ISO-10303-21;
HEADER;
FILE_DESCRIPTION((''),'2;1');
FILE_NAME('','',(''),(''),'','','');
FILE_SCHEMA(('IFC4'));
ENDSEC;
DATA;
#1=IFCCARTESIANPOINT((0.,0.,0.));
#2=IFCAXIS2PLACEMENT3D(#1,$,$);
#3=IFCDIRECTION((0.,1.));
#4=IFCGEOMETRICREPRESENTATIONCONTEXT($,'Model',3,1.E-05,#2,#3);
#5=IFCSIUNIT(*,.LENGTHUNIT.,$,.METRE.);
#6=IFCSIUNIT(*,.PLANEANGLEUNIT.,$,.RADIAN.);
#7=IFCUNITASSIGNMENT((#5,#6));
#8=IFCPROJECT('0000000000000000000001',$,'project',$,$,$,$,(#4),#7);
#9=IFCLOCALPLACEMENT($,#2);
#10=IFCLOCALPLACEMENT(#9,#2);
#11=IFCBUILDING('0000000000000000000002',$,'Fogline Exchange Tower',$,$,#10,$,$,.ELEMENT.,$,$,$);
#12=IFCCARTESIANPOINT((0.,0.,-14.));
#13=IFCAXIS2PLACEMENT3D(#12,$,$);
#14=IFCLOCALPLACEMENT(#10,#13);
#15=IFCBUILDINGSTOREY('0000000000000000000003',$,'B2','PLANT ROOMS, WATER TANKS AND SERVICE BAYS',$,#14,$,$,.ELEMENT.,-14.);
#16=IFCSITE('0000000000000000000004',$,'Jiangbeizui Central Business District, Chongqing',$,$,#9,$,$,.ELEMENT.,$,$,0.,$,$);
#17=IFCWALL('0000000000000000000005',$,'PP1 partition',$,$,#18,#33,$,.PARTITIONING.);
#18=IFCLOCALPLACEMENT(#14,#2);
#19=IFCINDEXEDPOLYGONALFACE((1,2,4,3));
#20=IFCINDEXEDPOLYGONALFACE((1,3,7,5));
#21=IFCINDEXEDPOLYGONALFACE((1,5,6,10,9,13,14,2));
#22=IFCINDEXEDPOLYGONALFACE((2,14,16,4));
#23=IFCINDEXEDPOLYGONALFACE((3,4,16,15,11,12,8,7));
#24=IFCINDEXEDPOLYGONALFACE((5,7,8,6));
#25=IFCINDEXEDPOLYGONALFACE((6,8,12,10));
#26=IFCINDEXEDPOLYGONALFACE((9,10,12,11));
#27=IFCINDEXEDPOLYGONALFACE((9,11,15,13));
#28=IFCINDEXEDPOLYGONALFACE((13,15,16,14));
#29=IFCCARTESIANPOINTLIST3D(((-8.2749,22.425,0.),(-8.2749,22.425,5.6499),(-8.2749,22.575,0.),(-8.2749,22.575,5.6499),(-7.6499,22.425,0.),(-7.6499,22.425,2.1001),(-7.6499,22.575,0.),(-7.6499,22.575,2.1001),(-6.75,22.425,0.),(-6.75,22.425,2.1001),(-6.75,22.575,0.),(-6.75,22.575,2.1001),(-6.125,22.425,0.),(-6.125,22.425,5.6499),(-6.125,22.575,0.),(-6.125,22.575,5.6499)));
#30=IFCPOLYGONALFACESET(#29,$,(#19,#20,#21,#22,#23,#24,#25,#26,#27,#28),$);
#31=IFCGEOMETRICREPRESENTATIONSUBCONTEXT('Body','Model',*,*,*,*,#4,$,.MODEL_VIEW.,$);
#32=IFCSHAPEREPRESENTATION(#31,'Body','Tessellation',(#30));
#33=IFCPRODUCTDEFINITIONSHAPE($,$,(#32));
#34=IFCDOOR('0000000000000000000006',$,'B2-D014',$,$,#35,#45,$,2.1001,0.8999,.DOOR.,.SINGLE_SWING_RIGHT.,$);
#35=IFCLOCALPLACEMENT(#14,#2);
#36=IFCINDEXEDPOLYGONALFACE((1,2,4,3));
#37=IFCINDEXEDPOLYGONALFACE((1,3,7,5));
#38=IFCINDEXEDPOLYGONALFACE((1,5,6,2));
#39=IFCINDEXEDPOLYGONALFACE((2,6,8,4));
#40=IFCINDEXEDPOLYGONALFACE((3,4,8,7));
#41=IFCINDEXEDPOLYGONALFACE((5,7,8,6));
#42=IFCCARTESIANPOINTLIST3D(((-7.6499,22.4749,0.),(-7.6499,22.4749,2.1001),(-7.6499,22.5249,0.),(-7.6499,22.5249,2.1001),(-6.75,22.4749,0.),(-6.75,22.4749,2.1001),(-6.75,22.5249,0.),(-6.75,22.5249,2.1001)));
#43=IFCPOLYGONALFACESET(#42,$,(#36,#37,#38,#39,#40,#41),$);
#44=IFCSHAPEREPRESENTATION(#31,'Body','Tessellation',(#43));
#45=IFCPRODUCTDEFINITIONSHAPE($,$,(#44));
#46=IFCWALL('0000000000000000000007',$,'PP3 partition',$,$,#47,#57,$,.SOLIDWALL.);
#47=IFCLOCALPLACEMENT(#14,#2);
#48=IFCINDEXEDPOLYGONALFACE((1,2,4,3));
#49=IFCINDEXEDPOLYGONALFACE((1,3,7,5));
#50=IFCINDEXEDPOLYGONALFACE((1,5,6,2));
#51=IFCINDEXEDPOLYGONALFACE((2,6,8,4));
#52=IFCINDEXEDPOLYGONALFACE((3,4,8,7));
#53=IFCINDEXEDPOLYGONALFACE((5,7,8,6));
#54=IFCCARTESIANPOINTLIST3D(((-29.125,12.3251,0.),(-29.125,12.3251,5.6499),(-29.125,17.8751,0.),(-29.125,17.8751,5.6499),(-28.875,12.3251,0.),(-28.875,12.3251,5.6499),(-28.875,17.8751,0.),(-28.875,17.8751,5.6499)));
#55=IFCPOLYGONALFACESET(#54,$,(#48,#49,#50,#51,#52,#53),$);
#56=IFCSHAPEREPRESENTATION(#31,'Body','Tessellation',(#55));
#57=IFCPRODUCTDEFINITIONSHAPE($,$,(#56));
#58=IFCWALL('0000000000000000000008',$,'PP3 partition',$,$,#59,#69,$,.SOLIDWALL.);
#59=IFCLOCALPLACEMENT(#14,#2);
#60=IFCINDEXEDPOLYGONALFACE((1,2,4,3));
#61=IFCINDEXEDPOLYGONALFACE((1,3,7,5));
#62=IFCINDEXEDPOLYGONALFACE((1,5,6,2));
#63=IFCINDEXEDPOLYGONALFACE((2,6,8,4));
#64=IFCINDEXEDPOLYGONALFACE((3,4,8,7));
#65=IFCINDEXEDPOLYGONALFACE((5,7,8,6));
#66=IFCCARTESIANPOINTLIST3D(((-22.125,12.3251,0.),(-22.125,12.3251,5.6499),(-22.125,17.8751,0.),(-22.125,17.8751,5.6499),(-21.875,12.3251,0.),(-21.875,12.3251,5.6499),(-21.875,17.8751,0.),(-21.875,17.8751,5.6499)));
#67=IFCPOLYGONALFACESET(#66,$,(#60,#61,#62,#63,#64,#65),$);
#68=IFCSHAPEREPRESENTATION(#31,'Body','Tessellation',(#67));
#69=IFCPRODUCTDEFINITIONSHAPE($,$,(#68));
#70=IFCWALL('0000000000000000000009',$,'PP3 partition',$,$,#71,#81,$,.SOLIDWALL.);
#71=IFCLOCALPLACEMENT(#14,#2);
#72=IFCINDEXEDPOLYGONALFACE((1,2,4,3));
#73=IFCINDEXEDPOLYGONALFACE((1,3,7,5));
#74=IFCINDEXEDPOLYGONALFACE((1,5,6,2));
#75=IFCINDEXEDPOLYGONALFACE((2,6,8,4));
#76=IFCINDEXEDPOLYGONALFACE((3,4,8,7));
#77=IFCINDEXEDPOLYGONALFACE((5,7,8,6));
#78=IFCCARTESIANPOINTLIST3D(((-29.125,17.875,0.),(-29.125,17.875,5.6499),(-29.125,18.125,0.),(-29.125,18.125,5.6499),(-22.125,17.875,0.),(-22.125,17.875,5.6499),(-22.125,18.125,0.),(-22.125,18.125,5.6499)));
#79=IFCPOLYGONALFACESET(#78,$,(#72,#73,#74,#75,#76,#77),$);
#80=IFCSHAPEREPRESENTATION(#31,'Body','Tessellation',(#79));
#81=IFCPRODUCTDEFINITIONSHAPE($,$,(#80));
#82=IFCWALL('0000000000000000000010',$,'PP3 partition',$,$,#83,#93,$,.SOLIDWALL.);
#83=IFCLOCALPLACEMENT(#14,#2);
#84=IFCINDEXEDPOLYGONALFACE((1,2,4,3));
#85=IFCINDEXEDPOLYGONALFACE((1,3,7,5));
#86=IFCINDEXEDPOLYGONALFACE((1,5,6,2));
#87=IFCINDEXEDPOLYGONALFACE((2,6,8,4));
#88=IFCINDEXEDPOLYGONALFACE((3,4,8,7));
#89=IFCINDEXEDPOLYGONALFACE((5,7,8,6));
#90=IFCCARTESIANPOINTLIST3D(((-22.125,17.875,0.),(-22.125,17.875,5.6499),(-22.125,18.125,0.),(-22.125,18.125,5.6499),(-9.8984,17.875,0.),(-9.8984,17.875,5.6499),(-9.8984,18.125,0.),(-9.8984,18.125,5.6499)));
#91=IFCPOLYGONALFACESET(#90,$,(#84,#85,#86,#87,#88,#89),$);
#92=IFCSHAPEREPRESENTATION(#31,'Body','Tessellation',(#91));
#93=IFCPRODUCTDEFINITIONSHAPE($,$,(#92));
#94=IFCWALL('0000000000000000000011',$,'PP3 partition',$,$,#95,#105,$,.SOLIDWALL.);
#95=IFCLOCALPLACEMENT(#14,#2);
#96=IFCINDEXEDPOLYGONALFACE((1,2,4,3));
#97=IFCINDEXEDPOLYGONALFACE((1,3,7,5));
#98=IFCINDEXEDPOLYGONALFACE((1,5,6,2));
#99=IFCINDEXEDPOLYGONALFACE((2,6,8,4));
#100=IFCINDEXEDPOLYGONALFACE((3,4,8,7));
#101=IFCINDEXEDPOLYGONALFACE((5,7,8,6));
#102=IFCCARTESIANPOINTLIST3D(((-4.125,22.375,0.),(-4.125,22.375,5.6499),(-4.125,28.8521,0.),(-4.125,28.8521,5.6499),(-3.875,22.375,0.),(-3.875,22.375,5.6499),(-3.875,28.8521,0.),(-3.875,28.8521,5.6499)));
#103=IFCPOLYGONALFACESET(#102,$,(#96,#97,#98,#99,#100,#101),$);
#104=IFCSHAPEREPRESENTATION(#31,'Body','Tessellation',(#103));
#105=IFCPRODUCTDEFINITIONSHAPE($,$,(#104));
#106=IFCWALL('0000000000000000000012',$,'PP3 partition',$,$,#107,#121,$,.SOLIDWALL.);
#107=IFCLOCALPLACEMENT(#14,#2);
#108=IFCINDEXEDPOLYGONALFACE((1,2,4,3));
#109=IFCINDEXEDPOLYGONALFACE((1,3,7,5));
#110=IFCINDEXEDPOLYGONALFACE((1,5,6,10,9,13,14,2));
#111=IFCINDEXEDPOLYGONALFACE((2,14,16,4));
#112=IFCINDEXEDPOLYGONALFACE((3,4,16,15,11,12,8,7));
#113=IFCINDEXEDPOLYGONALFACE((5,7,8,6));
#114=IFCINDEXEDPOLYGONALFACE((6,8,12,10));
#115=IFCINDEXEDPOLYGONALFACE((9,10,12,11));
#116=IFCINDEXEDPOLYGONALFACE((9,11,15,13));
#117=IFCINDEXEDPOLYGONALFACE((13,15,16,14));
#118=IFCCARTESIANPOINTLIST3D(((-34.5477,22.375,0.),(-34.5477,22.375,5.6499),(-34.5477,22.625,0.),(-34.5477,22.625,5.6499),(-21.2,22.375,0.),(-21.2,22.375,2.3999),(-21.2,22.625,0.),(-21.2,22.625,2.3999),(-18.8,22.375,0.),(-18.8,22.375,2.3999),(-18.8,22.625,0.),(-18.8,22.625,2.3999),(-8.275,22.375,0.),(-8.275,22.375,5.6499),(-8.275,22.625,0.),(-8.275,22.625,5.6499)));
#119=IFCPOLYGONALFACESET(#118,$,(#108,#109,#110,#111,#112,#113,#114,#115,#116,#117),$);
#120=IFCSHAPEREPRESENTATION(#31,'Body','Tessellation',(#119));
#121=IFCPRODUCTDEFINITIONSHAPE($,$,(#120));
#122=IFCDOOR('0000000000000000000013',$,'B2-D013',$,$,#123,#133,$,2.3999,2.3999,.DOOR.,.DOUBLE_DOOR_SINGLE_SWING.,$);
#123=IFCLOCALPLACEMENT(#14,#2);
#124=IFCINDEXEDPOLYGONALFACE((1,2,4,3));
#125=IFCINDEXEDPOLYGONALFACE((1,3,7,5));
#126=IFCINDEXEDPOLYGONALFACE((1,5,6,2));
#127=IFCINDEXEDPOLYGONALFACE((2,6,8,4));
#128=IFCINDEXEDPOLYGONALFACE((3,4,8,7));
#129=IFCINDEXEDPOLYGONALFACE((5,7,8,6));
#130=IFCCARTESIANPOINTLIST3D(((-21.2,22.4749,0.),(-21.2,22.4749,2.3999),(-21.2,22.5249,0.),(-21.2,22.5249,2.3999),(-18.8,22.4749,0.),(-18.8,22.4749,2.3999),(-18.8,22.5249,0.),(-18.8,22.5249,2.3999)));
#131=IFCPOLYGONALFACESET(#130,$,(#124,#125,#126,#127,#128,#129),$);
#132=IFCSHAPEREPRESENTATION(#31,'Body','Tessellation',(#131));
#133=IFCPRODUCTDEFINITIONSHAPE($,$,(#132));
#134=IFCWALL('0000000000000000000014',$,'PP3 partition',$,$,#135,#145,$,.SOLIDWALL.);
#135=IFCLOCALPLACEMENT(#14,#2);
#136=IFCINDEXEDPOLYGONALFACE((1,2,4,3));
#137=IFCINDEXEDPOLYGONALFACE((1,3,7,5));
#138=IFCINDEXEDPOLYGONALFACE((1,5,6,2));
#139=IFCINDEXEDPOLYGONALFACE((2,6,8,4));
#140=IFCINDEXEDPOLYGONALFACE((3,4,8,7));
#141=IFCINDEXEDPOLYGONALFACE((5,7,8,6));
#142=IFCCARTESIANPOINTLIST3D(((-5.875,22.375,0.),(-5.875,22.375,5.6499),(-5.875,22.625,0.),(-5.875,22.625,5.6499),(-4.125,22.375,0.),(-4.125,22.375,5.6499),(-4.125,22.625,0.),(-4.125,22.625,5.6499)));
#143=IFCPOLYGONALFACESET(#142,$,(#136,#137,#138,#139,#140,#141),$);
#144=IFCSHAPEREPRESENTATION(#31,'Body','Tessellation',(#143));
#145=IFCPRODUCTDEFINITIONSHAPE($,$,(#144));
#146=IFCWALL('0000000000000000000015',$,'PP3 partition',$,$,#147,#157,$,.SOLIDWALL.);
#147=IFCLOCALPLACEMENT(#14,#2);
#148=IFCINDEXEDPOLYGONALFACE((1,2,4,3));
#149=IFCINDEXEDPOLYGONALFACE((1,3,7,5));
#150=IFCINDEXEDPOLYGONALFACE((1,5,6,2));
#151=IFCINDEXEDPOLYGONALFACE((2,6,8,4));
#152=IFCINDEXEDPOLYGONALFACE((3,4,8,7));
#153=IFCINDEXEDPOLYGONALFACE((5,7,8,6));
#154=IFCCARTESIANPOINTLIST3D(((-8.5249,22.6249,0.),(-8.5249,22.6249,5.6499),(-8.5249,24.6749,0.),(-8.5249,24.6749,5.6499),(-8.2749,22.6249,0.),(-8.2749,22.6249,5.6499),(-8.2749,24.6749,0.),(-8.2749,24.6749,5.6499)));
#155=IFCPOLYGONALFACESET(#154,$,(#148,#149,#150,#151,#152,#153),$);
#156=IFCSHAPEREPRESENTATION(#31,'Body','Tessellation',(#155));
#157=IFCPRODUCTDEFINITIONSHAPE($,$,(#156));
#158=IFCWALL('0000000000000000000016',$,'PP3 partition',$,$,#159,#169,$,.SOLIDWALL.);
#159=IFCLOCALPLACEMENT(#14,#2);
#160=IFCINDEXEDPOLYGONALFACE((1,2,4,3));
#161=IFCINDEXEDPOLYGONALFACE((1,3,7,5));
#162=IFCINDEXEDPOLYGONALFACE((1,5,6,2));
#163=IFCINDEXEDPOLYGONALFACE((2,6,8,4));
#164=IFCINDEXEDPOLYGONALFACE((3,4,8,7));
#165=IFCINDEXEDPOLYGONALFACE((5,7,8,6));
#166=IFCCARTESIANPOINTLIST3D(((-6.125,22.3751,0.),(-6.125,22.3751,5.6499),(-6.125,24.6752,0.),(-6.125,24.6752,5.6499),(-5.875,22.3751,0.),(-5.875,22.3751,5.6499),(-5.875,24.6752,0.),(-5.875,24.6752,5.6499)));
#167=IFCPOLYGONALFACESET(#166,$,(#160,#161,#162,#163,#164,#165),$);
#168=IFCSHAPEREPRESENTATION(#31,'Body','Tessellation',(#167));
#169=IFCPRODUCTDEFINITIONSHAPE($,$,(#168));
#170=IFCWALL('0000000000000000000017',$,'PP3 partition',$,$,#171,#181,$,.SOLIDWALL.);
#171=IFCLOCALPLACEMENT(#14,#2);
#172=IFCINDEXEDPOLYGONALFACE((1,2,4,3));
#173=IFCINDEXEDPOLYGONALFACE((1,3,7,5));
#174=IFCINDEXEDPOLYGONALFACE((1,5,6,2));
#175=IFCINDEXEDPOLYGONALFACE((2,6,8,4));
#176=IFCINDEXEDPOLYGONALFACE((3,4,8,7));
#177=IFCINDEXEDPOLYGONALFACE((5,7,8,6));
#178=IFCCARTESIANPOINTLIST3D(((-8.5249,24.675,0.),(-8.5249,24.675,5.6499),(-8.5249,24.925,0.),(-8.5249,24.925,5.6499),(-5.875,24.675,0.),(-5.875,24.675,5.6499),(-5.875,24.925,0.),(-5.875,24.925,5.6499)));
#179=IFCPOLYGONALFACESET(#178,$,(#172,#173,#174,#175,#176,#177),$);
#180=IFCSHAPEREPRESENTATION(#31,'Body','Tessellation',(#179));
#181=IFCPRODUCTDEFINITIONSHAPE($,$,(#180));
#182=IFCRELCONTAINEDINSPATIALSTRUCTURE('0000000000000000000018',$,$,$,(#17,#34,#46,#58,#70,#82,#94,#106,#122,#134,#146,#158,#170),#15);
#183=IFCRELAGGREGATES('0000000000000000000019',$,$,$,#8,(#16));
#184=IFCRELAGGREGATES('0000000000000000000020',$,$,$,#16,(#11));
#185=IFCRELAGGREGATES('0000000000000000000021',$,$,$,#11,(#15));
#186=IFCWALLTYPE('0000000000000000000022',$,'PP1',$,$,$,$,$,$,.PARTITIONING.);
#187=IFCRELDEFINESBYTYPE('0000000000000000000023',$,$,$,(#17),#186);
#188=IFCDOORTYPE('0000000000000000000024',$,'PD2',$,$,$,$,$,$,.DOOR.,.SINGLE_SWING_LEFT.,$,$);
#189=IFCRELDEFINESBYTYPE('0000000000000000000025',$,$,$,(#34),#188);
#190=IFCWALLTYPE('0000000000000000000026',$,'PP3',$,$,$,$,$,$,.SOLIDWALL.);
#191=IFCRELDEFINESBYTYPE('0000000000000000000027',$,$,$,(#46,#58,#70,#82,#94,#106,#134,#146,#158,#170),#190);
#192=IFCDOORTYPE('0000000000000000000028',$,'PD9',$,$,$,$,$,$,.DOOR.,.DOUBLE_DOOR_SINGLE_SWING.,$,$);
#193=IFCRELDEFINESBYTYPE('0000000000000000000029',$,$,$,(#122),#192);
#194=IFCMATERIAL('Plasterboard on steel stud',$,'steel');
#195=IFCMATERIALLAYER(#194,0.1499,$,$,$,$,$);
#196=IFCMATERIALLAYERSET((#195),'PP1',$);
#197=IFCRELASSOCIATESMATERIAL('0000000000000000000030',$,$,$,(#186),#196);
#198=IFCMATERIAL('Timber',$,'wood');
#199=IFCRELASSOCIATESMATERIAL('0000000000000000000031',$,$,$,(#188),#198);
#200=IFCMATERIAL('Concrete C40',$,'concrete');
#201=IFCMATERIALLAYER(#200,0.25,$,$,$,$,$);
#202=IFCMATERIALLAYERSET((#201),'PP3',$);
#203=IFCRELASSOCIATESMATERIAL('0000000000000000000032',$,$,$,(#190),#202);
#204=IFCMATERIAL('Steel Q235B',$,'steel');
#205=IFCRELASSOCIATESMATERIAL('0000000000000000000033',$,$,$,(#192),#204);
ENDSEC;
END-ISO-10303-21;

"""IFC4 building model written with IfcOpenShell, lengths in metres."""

from ifc_helpers import new_model, si_unit, direction, frame, frame_2d, origin, place, context, subcontext, project, spatial, rectangle, extrude, material, layer, layer_set, type_object, element, fill, save


model = new_model("IFC4")

# Units and contexts
model_context = context("Model", 3, precision=1e-05, world=origin(), true_north=direction((0.0, 1.0)))
body_context = subcontext(model_context, "Body", "Model", "MODEL_VIEW")
ifc_project = project(units=[si_unit("LENGTHUNIT", "METRE"), si_unit("PLANEANGLEUNIT", "RADIAN")], contexts=[model_context])

# Site, building, storey
site_placement = place(None, origin())
site = spatial("IfcSite", under=ifc_project, at=site_placement, Name="Jiangbeizui Central Business District, Chongqing", CompositionType="ELEMENT", RefElevation=0.0)
building_placement = place(site_placement, origin())
building = spatial("IfcBuilding", under=site, at=building_placement, Name="Fogline Exchange Tower", CompositionType="ELEMENT")
storey_placement = place(building_placement, frame((0.0, 0.0, -14.0)))
storey = spatial("IfcBuildingStorey", under=building, at=storey_placement, Name="B2", Description="PLANT ROOMS, WATER TANKS AND SERVICE BAYS", CompositionType="ELEMENT", Elevation=-14.0)

# Shared definitions
ifc_material_1 = material(Name="Concrete C40", Category="concrete")

# Wall, opening, door
ifc_material_2 = material(Name="Plasterboard on steel stud", Category="steel")
ifc_layer_1 = layer(ifc_material_2, 0.1499)
ifc_layer_set_1 = layer_set([ifc_layer_1], Name="PP1")
wall_type_1 = type_object("IfcWallType", Name="PP1", PredefinedType="PARTITIONING", material=ifc_layer_set_1)
wall_1_placement = place(storey_placement, frame((-8.2749, 22.5, 0.0), z_axis=(0.0, 0.0, 1.0), x_axis=(1.0, 0.0, 0.0)))
wall_1 = element("IfcWall", 1, at=wall_1_placement, inside=storey, type_object=wall_type_1, Name="PP1 partition", PredefinedType="PARTITIONING", context=body_context, shape_type="SweptSolid", body=[
    extrude(rectangle(XDim=2.1499, YDim=0.1499, at=frame_2d((1.075, 0.0))), origin(), (0.0, 0.0, 1.0), 5.6499),
])
opening_1_placement = place(wall_1_placement, frame((0.625, 0.0, 0.0)))
opening_1 = element("IfcOpeningElement", 2, at=opening_1_placement, cuts=wall_1, PredefinedType="OPENING", context=body_context, shape_type="SweptSolid", body=[
    extrude(rectangle(XDim=0.8999, YDim=2.1001, at=frame_2d((0.45, 1.05))), frame((0.0, 0.085, 0.0), z_axis=(0.0, -1.0, 0.0), x_axis=(1.0, 0.0, 0.0)), (0.0, 0.0, 1.0), 0.1699),
])
ifc_material_3 = material(Name="Timber", Category="wood")
door_type_1 = type_object("IfcDoorType", Name="PD2", OperationType="SINGLE_SWING_LEFT", PredefinedType="DOOR", material=ifc_material_3)
door_1_placement = place(opening_1_placement, origin())
door_1 = element("IfcDoor", 3, at=door_1_placement, inside=storey, type_object=door_type_1, Name="B2-D014", OperationType="SINGLE_SWING_RIGHT", OverallHeight=2.1001, OverallWidth=0.8999, PredefinedType="DOOR", context=body_context, shape_type="SweptSolid", body=[
    extrude(rectangle(XDim=0.8999, YDim=2.1001, at=frame_2d((0.45, 1.05))), frame((0.0, 0.0249, 0.0), z_axis=(0.0, -1.0, 0.0), x_axis=(1.0, 0.0, 0.0)), (0.0, 0.0, 1.0), 0.05),
])
fill(opening_1, door_1)

# Walls
ifc_layer_2 = layer(ifc_material_1, 0.25)
ifc_layer_set_2 = layer_set([ifc_layer_2], Name="PP3")
wall_type_2 = type_object("IfcWallType", Name="PP3", PredefinedType="SOLIDWALL", material=ifc_layer_set_2)
for number, where, z_axis, x_axis, name in (
    (4, (-29.0, 17.875, 0.0), (0.0, 0.0, 1.0), (0.0, -1.0, 0.0), "PP3 partition"),
    (5, (-22.0, 17.875, 0.0), (0.0, 0.0, 1.0), (0.0, -1.0, 0.0), "PP3 partition"),
):
    element("IfcWall", number, at=place(storey_placement, frame(where, z_axis=z_axis, x_axis=x_axis)), inside=storey, type_object=wall_type_2, Name=name, PredefinedType="SOLIDWALL", context=body_context, shape_type="SweptSolid", body=[
        extrude(rectangle(XDim=5.55, YDim=0.25, at=frame_2d((2.7749, 0.0))), origin(), (0.0, 0.0, 1.0), 5.6499),
    ])
wall_2_placement = place(storey_placement, frame((-22.125, 18.0, 0.0), z_axis=(0.0, 0.0, 1.0), x_axis=(-1.0, 0.0, 0.0)))
element("IfcWall", 6, at=wall_2_placement, inside=storey, type_object=wall_type_2, Name="PP3 partition", PredefinedType="SOLIDWALL", context=body_context, shape_type="SweptSolid", body=[
    extrude(rectangle(XDim=7.0, YDim=0.25, at=frame_2d((3.5, 0.0))), origin(), (0.0, 0.0, 1.0), 5.6499),
])
wall_3_placement = place(storey_placement, frame((-9.8984, 18.0, 0.0), z_axis=(0.0, 0.0, 1.0), x_axis=(-1.0, 0.0, 0.0)))
element("IfcWall", 7, at=wall_3_placement, inside=storey, type_object=wall_type_2, Name="PP3 partition", PredefinedType="SOLIDWALL", context=body_context, shape_type="SweptSolid", body=[
    extrude(rectangle(XDim=12.2266, YDim=0.25, at=frame_2d((6.1133, 0.0))), origin(), (0.0, 0.0, 1.0), 5.6499),
])
wall_4_placement = place(storey_placement, frame((-4.0, 22.375, 0.0), z_axis=(0.0, 0.0, 1.0), x_axis=(0.0, 1.0, 0.0)))
element("IfcWall", 8, at=wall_4_placement, inside=storey, type_object=wall_type_2, Name="PP3 partition", PredefinedType="SOLIDWALL", context=body_context, shape_type="SweptSolid", body=[
    extrude(rectangle(XDim=6.4771, YDim=0.25, at=frame_2d((3.2385, 0.0))), origin(), (0.0, 0.0, 1.0), 5.6499),
])

# Wall, opening, door
wall_5_placement = place(storey_placement, frame((-34.5476, 22.5, 0.0), z_axis=(0.0, 0.0, 1.0), x_axis=(1.0, 0.0, 0.0)))
wall_5 = element("IfcWall", 9, at=wall_5_placement, inside=storey, type_object=wall_type_2, Name="PP3 partition", PredefinedType="SOLIDWALL", context=body_context, shape_type="SweptSolid", body=[
    extrude(rectangle(XDim=26.2727, YDim=0.25, at=frame_2d((13.1362, 0.0))), origin(), (0.0, 0.0, 1.0), 5.6499),
])
opening_2_placement = place(wall_5_placement, frame((13.3477, 0.0, 0.0)))
opening_2 = element("IfcOpeningElement", 10, at=opening_2_placement, cuts=wall_5, PredefinedType="OPENING", context=body_context, shape_type="SweptSolid", body=[
    extrude(rectangle(XDim=2.3999, YDim=2.3999, at=frame_2d((1.2, 1.2))), frame((0.0, 0.135, 0.0), z_axis=(0.0, -1.0, 0.0), x_axis=(1.0, 0.0, 0.0)), (0.0, 0.0, 1.0), 0.27),
])
ifc_material_4 = material(Name="Steel Q235B", Category="steel")
door_type_2 = type_object("IfcDoorType", Name="PD9", OperationType="DOUBLE_DOOR_SINGLE_SWING", PredefinedType="DOOR", material=ifc_material_4)
door_2_placement = place(opening_2_placement, origin())
door_2 = element("IfcDoor", 11, at=door_2_placement, inside=storey, type_object=door_type_2, Name="B2-D013", OperationType="DOUBLE_DOOR_SINGLE_SWING", OverallHeight=2.3999, OverallWidth=2.3999, PredefinedType="DOOR", context=body_context, shape_type="SweptSolid", body=[
    extrude(rectangle(XDim=2.3999, YDim=2.3999, at=frame_2d((1.2, 1.2))), frame((0.0, 0.0249, 0.0), z_axis=(0.0, -1.0, 0.0), x_axis=(1.0, 0.0, 0.0)), (0.0, 0.0, 1.0), 0.05),
])
fill(opening_2, door_2)

# Walls
wall_6_placement = place(storey_placement, frame((-5.875, 22.5, 0.0), z_axis=(0.0, 0.0, 1.0), x_axis=(1.0, 0.0, 0.0)))
element("IfcWall", 12, at=wall_6_placement, inside=storey, type_object=wall_type_2, Name="PP3 partition", PredefinedType="SOLIDWALL", context=body_context, shape_type="SweptSolid", body=[
    extrude(rectangle(XDim=1.75, YDim=0.25, at=frame_2d((0.875, 0.0))), origin(), (0.0, 0.0, 1.0), 5.6499),
])
wall_7_placement = place(storey_placement, frame((-8.3999, 22.625, 0.0), z_axis=(0.0, 0.0, 1.0), x_axis=(0.0, 1.0, 0.0)))
element("IfcWall", 13, at=wall_7_placement, inside=storey, type_object=wall_type_2, Name="PP3 partition", PredefinedType="SOLIDWALL", context=body_context, shape_type="SweptSolid", body=[
    extrude(rectangle(XDim=2.05, YDim=0.25, at=frame_2d((1.0249, 0.0))), origin(), (0.0, 0.0, 1.0), 5.6499),
])
wall_8_placement = place(storey_placement, frame((-6.0, 24.675, 0.0), z_axis=(0.0, 0.0, 1.0), x_axis=(0.0, -1.0, 0.0)))
element("IfcWall", 14, at=wall_8_placement, inside=storey, type_object=wall_type_2, Name="PP3 partition", PredefinedType="SOLIDWALL", context=body_context, shape_type="SweptSolid", body=[
    extrude(rectangle(XDim=2.3, YDim=0.25, at=frame_2d((1.1499, 0.0))), origin(), (0.0, 0.0, 1.0), 5.6499),
])
wall_9_placement = place(storey_placement, frame((-8.5249, 24.8, 0.0), z_axis=(0.0, 0.0, 1.0), x_axis=(1.0, 0.0, 0.0)))
element("IfcWall", 15, at=wall_9_placement, inside=storey, type_object=wall_type_2, Name="PP3 partition", PredefinedType="SOLIDWALL", context=body_context, shape_type="SweptSolid", body=[
    extrude(rectangle(XDim=2.6499, YDim=0.25, at=frame_2d((1.325, 0.0))), origin(), (0.0, 0.0, 1.0), 5.6499),
])

save(model, "model.ifc")
